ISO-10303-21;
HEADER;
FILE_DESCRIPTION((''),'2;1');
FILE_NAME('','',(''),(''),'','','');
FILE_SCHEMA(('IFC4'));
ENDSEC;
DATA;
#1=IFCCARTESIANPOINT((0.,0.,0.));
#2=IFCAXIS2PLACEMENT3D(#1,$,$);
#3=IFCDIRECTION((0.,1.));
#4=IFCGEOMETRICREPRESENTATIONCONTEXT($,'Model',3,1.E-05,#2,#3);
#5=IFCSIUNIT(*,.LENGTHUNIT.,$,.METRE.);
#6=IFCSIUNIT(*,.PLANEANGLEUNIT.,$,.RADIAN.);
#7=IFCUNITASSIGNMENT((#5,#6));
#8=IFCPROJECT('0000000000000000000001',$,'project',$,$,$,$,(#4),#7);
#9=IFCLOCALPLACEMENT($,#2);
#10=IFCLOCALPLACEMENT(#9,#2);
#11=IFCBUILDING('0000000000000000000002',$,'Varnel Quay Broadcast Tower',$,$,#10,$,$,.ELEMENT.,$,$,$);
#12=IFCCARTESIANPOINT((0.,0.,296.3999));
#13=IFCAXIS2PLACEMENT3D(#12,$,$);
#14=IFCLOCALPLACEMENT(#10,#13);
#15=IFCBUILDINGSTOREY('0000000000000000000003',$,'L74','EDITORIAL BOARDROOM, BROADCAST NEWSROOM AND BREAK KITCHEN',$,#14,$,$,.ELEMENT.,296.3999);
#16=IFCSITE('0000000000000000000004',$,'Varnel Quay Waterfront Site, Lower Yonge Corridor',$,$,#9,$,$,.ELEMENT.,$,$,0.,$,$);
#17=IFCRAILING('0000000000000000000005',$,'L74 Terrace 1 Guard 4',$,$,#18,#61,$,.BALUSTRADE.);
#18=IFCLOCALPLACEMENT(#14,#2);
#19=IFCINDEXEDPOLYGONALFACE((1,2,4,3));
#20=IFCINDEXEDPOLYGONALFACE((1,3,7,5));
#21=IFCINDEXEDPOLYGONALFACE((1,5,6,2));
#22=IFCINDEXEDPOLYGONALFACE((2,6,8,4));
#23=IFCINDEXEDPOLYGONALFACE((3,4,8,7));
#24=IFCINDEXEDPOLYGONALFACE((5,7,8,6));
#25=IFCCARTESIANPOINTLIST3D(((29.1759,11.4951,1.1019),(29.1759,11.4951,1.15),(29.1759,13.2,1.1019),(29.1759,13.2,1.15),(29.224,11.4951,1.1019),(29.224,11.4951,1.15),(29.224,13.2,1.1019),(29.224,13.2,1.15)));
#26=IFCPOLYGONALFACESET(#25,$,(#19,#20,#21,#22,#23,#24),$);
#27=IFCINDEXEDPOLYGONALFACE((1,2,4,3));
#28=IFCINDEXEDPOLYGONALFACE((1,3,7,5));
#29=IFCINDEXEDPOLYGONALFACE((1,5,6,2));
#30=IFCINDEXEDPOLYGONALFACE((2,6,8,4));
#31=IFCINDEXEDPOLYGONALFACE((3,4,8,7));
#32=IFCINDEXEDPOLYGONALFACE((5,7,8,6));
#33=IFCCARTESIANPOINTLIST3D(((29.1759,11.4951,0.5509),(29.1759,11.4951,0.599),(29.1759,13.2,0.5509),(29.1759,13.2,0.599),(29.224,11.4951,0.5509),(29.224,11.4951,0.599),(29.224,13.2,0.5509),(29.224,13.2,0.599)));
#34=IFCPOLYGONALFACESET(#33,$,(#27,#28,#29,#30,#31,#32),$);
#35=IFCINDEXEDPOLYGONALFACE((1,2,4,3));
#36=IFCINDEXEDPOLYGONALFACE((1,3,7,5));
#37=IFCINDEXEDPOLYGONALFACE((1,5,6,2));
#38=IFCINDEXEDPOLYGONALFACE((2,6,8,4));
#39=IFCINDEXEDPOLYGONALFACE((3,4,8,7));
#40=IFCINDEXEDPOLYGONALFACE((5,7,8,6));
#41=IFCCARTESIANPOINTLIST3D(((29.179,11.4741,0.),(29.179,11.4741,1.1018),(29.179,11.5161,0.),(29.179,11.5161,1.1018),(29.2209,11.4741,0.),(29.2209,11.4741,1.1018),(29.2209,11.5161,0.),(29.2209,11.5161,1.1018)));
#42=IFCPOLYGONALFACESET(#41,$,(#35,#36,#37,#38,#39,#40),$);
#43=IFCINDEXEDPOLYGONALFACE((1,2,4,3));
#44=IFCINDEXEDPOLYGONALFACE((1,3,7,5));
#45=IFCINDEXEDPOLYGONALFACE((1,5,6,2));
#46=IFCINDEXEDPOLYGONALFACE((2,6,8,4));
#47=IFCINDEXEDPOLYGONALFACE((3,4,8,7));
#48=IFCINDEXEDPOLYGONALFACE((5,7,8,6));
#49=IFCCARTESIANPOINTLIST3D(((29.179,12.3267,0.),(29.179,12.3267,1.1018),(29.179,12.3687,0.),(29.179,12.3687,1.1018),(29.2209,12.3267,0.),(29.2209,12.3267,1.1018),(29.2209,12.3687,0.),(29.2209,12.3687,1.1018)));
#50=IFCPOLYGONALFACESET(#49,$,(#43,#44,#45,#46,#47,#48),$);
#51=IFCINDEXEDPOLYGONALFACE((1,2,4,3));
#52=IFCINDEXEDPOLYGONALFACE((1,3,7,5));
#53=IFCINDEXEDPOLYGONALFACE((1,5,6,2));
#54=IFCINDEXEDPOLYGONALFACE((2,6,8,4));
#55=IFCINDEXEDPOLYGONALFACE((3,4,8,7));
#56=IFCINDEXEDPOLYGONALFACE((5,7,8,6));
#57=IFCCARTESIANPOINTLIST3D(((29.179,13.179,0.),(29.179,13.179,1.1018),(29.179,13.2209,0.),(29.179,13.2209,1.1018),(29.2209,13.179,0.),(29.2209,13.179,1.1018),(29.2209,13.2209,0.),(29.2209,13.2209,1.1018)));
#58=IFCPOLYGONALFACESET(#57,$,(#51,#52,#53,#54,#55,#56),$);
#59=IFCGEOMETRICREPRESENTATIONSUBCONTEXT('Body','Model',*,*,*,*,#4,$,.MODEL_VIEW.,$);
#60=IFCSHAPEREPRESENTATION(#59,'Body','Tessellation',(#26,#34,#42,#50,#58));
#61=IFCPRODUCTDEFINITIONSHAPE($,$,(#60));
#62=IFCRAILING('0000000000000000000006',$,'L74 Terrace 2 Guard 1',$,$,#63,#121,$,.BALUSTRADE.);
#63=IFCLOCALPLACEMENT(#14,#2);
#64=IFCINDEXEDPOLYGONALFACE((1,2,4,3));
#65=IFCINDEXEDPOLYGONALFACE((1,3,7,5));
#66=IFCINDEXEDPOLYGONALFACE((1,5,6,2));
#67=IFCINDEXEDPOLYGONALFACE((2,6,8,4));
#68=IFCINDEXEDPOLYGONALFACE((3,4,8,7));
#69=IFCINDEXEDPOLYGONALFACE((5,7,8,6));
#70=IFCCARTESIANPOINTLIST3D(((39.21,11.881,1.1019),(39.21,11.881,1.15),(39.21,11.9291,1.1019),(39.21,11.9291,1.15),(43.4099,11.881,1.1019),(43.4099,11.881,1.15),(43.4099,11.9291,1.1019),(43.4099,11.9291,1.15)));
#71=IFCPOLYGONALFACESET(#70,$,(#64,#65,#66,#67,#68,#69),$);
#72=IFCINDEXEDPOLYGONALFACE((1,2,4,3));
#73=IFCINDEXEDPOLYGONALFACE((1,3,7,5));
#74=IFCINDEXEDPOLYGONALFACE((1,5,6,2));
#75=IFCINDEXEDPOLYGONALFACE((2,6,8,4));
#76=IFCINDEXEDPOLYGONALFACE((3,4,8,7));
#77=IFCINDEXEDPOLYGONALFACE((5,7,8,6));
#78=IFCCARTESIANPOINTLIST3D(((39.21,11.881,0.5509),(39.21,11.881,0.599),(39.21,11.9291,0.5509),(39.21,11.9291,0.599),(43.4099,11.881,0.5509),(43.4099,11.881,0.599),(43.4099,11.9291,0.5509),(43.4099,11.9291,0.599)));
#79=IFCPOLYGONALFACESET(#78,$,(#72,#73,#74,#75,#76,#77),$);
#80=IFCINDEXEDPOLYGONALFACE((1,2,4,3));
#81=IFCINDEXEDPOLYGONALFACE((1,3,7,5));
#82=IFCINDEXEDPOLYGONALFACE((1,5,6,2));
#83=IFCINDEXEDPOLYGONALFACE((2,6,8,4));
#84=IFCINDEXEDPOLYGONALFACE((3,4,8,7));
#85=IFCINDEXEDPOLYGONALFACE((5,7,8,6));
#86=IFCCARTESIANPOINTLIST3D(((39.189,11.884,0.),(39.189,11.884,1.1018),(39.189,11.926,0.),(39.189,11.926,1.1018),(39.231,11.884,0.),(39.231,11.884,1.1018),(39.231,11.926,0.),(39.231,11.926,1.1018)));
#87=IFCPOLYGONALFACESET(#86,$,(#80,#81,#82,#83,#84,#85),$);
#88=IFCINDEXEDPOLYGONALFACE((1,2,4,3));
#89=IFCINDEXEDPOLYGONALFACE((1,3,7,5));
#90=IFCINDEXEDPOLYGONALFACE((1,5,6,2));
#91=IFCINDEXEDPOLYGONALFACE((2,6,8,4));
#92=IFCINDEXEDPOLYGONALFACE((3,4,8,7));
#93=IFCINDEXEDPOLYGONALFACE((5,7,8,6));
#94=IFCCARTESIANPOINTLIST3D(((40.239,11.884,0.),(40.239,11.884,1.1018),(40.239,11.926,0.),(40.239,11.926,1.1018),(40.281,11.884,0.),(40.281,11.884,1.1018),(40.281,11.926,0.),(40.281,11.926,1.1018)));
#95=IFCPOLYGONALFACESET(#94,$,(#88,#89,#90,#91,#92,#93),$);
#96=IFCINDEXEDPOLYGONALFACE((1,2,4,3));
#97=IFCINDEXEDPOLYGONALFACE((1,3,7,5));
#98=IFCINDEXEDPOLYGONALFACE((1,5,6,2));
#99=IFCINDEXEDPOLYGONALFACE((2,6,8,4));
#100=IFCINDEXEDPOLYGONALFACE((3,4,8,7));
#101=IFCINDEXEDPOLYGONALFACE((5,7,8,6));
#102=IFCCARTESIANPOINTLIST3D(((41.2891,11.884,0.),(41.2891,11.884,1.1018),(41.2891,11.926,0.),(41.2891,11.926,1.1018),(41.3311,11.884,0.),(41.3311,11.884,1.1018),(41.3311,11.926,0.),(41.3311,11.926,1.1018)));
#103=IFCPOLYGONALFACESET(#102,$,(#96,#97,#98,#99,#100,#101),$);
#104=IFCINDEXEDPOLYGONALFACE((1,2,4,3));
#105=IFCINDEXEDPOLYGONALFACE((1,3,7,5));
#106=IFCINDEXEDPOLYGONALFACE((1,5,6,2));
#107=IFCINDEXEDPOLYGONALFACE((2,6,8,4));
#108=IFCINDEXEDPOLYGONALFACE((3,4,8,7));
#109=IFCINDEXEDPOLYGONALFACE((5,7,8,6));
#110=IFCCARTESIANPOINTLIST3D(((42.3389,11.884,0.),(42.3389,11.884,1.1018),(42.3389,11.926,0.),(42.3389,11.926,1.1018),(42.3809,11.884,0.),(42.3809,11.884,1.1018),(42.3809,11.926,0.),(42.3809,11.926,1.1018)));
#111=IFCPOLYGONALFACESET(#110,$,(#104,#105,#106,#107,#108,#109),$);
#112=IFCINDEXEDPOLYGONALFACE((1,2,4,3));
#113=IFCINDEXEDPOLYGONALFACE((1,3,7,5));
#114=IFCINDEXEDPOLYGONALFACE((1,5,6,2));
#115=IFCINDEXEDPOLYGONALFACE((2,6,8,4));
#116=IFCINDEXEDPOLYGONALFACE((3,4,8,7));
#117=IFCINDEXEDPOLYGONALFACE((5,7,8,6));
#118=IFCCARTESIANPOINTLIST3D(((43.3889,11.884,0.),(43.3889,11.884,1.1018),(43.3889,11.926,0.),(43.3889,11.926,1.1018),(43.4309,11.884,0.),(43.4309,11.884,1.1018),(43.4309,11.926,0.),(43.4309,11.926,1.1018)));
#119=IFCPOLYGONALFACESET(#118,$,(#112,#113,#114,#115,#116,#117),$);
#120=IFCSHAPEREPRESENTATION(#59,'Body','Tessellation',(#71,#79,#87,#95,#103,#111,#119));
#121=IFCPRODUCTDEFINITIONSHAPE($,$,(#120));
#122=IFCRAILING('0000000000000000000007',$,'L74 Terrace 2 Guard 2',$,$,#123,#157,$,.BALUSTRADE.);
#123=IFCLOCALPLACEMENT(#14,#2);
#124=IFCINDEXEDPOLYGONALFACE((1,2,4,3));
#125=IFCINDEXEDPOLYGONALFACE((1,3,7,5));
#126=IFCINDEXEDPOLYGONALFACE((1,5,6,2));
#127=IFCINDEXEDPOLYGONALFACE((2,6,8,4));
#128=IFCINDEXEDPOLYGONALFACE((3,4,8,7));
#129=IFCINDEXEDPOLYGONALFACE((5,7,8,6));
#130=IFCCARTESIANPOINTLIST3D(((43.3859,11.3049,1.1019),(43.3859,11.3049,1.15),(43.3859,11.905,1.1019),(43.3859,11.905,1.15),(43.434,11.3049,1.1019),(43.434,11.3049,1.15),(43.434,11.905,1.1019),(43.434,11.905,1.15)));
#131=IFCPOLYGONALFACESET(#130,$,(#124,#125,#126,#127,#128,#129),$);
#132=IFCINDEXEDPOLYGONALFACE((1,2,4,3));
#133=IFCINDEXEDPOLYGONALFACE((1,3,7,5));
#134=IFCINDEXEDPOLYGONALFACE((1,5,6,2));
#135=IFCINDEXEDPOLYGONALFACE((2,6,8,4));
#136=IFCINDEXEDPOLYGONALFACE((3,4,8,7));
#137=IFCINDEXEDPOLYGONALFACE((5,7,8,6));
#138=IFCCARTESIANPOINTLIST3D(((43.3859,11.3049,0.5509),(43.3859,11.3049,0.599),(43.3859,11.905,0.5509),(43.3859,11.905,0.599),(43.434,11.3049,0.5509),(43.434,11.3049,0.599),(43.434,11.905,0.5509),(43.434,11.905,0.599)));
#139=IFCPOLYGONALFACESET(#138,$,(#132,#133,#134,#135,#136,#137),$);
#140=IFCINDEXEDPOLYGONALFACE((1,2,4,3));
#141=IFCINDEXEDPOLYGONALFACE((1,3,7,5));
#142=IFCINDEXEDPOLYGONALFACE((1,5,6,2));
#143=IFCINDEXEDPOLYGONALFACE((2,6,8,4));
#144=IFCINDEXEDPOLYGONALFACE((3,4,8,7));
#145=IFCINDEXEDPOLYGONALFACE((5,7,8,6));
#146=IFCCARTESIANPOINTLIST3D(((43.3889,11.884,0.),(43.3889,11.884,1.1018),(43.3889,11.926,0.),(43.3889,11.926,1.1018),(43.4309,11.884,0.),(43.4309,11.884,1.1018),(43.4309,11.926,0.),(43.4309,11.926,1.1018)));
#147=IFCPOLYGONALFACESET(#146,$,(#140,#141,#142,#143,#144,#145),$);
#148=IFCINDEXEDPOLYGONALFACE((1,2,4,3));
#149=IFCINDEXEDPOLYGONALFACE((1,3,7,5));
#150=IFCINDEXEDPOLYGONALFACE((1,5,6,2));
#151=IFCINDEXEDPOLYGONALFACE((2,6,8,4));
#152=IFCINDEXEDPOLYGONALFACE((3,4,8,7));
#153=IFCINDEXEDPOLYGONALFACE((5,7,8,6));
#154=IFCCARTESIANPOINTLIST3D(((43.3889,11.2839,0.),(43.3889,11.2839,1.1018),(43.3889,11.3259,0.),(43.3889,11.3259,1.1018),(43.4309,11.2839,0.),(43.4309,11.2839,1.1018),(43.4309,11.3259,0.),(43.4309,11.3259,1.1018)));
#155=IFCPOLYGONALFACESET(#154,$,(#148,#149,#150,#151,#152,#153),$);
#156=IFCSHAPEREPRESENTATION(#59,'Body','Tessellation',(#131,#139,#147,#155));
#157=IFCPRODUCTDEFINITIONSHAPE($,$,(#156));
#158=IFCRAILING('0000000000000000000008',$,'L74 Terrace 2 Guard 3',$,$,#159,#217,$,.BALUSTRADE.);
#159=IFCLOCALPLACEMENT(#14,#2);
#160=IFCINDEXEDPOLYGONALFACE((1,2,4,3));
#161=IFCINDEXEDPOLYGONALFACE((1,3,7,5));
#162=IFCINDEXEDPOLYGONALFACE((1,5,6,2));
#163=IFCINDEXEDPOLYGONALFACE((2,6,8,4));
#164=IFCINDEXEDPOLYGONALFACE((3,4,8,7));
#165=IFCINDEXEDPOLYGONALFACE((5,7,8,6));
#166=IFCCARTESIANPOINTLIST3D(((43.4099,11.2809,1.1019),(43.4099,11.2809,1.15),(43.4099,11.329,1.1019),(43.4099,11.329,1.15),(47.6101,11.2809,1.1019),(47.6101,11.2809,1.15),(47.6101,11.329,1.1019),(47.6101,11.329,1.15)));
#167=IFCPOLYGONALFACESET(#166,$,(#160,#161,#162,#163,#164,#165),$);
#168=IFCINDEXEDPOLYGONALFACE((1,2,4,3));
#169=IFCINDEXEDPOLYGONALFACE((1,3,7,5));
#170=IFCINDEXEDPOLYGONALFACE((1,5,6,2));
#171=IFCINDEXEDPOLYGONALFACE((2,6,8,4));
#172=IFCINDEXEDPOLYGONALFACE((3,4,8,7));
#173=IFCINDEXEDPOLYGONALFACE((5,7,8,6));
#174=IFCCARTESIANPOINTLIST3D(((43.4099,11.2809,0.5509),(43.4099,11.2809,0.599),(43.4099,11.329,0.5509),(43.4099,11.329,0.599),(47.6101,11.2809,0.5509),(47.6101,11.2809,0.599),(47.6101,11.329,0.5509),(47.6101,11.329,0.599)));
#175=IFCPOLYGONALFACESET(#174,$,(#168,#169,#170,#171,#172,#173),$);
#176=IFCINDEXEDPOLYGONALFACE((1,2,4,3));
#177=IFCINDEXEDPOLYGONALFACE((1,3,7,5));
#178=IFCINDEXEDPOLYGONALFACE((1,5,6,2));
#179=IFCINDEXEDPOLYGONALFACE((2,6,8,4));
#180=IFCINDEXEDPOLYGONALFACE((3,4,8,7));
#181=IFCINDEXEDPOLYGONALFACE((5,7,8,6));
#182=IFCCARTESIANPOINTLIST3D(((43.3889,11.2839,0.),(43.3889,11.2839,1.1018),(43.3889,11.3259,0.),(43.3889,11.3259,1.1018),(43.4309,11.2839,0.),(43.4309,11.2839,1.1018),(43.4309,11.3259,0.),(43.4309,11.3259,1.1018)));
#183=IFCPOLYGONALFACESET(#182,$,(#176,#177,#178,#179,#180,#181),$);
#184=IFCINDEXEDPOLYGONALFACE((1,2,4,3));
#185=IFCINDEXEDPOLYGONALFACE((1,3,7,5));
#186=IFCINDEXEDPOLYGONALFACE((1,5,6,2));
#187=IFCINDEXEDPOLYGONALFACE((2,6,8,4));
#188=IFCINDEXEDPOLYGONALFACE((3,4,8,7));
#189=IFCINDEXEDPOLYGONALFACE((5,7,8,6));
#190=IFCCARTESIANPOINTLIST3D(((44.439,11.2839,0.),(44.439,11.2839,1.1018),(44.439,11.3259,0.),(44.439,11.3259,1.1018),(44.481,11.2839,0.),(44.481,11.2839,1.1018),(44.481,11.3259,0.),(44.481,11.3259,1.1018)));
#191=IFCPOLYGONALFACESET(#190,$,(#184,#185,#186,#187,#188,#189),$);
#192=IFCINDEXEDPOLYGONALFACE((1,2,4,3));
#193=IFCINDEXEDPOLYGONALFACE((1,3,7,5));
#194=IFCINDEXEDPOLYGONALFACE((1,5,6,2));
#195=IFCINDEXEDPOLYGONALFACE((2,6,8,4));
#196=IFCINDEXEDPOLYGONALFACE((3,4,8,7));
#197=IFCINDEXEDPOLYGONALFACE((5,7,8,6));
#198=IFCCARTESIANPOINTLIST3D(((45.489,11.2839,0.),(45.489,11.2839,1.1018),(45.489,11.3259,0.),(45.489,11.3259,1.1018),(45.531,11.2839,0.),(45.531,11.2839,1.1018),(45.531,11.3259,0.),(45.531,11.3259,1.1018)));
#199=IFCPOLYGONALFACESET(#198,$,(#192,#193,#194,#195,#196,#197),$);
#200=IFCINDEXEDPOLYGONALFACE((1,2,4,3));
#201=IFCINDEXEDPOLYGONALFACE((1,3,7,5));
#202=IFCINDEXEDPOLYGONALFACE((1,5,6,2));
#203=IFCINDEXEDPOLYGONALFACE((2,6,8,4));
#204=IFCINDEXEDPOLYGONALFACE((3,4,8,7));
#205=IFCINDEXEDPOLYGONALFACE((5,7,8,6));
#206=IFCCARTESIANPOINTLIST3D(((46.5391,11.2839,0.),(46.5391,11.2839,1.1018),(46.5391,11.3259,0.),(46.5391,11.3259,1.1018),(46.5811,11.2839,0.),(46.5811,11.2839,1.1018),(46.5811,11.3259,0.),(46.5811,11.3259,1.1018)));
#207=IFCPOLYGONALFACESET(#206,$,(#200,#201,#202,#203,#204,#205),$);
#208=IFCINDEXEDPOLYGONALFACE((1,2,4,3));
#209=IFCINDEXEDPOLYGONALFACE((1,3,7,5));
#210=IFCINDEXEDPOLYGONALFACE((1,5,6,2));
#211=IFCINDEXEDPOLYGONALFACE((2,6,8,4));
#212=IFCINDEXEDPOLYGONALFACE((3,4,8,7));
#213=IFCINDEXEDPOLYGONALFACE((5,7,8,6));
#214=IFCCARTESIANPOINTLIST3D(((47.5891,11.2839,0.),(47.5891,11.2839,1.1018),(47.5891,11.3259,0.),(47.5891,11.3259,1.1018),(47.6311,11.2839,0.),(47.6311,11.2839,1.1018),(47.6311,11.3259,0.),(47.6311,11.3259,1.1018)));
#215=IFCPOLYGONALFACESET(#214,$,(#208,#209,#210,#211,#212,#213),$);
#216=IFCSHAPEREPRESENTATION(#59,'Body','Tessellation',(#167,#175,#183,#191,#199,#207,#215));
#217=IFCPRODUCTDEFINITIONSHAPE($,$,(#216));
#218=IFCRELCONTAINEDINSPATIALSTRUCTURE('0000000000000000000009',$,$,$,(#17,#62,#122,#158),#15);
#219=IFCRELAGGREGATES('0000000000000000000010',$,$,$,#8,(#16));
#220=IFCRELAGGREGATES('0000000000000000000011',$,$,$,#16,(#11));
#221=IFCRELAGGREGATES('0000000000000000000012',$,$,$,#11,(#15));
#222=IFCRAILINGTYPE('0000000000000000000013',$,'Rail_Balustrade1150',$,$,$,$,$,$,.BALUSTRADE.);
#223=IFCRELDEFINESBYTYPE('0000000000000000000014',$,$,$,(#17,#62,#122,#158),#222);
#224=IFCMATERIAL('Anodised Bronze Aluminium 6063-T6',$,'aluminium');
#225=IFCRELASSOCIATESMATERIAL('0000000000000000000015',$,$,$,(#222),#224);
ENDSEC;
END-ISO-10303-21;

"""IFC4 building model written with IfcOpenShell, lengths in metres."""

from ifc_helpers import new_model, si_unit, direction, frame, origin, origin_2d, place, context, subcontext, project, spatial, rectangle, extrude, material, type_object, element, save


model = new_model("IFC4")

# Units and contexts
model_context = context("Model", 3, precision=1e-05, world=origin(), true_north=direction((0.0, 1.0)))
body_context = subcontext(model_context, "Body", "Model", "MODEL_VIEW")
ifc_project = project(units=[si_unit("LENGTHUNIT", "METRE"), si_unit("PLANEANGLEUNIT", "RADIAN")], contexts=[model_context])

# Site, building, storey
site_placement = place(None, origin())
site = spatial("IfcSite", under=ifc_project, at=site_placement, Name="Varnel Quay Waterfront Site, Lower Yonge Corridor", CompositionType="ELEMENT", RefElevation=0.0)
building_placement = place(site_placement, origin())
building = spatial("IfcBuilding", under=site, at=building_placement, Name="Varnel Quay Broadcast Tower", CompositionType="ELEMENT")
storey_placement = place(building_placement, frame((0.0, 0.0, 296.3999)))
storey = spatial("IfcBuildingStorey", under=building, at=storey_placement, Name="L74", Description="EDITORIAL BOARDROOM, BROADCAST NEWSROOM AND BREAK KITCHEN", CompositionType="ELEMENT", Elevation=296.3999)

# Shared definitions
ifc_material_1 = material(Name="Anodised Bronze Aluminium 6063-T6", Category="aluminium")

# Railings
railing_type = type_object("IfcRailingType", Name="Rail_Balustrade1150", PredefinedType="BALUSTRADE", material=ifc_material_1)
railing_1_placement = place(storey_placement, frame((29.2, 11.4951, 0.0)))
element("IfcRailing", 1, at=railing_1_placement, inside=storey, type_object=railing_type, Name="L74 Terrace 1 Guard 4", PredefinedType="BALUSTRADE", context=body_context, shape_type="SweptSolid", body=[
    extrude(rectangle(XDim=0.0481, YDim=0.0481, at=origin_2d()), frame((0.0, 0.0, 1.126), z_axis=(0.0, 1.0, 0.0), x_axis=(-1.0, 0.0, 0.0)), (0.0, 0.0, 1.0), 1.7048),
    extrude(rectangle(XDim=0.0481, YDim=0.0481, at=origin_2d()), frame((0.0, 0.0, 0.575), z_axis=(0.0, 1.0, 0.0), x_axis=(-1.0, 0.0, 0.0)), (0.0, 0.0, 1.0), 1.7048),
    extrude(rectangle(XDim=0.042, YDim=0.042, at=origin_2d()), origin(), (0.0, 0.0, 1.0), 1.1018),
    extrude(rectangle(XDim=0.042, YDim=0.042, at=origin_2d()), frame((0.0, 0.8525, 0.0)), (0.0, 0.0, 1.0), 1.1018),
    extrude(rectangle(XDim=0.042, YDim=0.042, at=origin_2d()), frame((0.0, 1.7048, 0.0)), (0.0, 0.0, 1.0), 1.1018),
])
railing_2_placement = place(storey_placement, frame((39.21, 11.905, 0.0)))
element("IfcRailing", 2, at=railing_2_placement, inside=storey, type_object=railing_type, Name="L74 Terrace 2 Guard 1", PredefinedType="BALUSTRADE", context=body_context, shape_type="SweptSolid", body=[
    extrude(rectangle(XDim=0.0481, YDim=0.0481, at=origin_2d()), frame((0.0, 0.0, 1.126), z_axis=(1.0, 0.0, 0.0), x_axis=(0.0, 1.0, 0.0)), (0.0, 0.0, 1.0), 4.2),
    extrude(rectangle(XDim=0.0481, YDim=0.0481, at=origin_2d()), frame((0.0, 0.0, 0.575), z_axis=(1.0, 0.0, 0.0), x_axis=(0.0, 1.0, 0.0)), (0.0, 0.0, 1.0), 4.2),
    extrude(rectangle(XDim=0.042, YDim=0.042, at=origin_2d()), origin(), (0.0, 0.0, 1.0), 1.1018),
    extrude(rectangle(XDim=0.042, YDim=0.042, at=origin_2d()), frame((1.05, 0.0, 0.0)), (0.0, 0.0, 1.0), 1.1018),
    extrude(rectangle(XDim=0.042, YDim=0.042, at=origin_2d()), frame((2.1001, 0.0, 0.0)), (0.0, 0.0, 1.0), 1.1018),
    extrude(rectangle(XDim=0.042, YDim=0.042, at=origin_2d()), frame((3.1499, 0.0, 0.0)), (0.0, 0.0, 1.0), 1.1018),
    extrude(rectangle(XDim=0.042, YDim=0.042, at=origin_2d()), frame((4.2, 0.0, 0.0)), (0.0, 0.0, 1.0), 1.1018),
])
railing_3_placement = place(storey_placement, frame((43.4099, 11.905, 0.0)))
element("IfcRailing", 3, at=railing_3_placement, inside=storey, type_object=railing_type, Name="L74 Terrace 2 Guard 2", PredefinedType="BALUSTRADE", context=body_context, shape_type="SweptSolid", body=[
    extrude(rectangle(XDim=0.0481, YDim=0.0481, at=origin_2d()), frame((0.0, 0.0, 1.126), z_axis=(0.0, -1.0, 0.0), x_axis=(1.0, 0.0, 0.0)), (0.0, 0.0, 1.0), 0.6001),
    extrude(rectangle(XDim=0.0481, YDim=0.0481, at=origin_2d()), frame((0.0, 0.0, 0.575), z_axis=(0.0, -1.0, 0.0), x_axis=(1.0, 0.0, 0.0)), (0.0, 0.0, 1.0), 0.6001),
    extrude(rectangle(XDim=0.042, YDim=0.042, at=origin_2d()), origin(), (0.0, 0.0, 1.0), 1.1018),
    extrude(rectangle(XDim=0.042, YDim=0.042, at=origin_2d()), frame((0.0, -0.6001, 0.0)), (0.0, 0.0, 1.0), 1.1018),
])
railing_4_placement = place(storey_placement, frame((43.4099, 11.3049, 0.0)))
element("IfcRailing", 4, at=railing_4_placement, inside=storey, type_object=railing_type, Name="L74 Terrace 2 Guard 3", PredefinedType="BALUSTRADE", context=body_context, shape_type="SweptSolid", body=[
    extrude(rectangle(XDim=0.0481, YDim=0.0481, at=origin_2d()), frame((0.0, 0.0, 1.126), z_axis=(1.0, 0.0, 0.0), x_axis=(0.0, 1.0, 0.0)), (0.0, 0.0, 1.0), 4.2002),
    extrude(rectangle(XDim=0.0481, YDim=0.0481, at=origin_2d()), frame((0.0, 0.0, 0.575), z_axis=(1.0, 0.0, 0.0), x_axis=(0.0, 1.0, 0.0)), (0.0, 0.0, 1.0), 4.2002),
    extrude(rectangle(XDim=0.042, YDim=0.042, at=origin_2d()), origin(), (0.0, 0.0, 1.0), 1.1018),
    extrude(rectangle(XDim=0.042, YDim=0.042, at=origin_2d()), frame((1.05, 0.0, 0.0)), (0.0, 0.0, 1.0), 1.1018),
    extrude(rectangle(XDim=0.042, YDim=0.042, at=origin_2d()), frame((2.1001, 0.0, 0.0)), (0.0, 0.0, 1.0), 1.1018),
    extrude(rectangle(XDim=0.042, YDim=0.042, at=origin_2d()), frame((3.1501, 0.0, 0.0)), (0.0, 0.0, 1.0), 1.1018),
    extrude(rectangle(XDim=0.042, YDim=0.042, at=origin_2d()), frame((4.2002, 0.0, 0.0)), (0.0, 0.0, 1.0), 1.1018),
])

save(model, "model.ifc")
